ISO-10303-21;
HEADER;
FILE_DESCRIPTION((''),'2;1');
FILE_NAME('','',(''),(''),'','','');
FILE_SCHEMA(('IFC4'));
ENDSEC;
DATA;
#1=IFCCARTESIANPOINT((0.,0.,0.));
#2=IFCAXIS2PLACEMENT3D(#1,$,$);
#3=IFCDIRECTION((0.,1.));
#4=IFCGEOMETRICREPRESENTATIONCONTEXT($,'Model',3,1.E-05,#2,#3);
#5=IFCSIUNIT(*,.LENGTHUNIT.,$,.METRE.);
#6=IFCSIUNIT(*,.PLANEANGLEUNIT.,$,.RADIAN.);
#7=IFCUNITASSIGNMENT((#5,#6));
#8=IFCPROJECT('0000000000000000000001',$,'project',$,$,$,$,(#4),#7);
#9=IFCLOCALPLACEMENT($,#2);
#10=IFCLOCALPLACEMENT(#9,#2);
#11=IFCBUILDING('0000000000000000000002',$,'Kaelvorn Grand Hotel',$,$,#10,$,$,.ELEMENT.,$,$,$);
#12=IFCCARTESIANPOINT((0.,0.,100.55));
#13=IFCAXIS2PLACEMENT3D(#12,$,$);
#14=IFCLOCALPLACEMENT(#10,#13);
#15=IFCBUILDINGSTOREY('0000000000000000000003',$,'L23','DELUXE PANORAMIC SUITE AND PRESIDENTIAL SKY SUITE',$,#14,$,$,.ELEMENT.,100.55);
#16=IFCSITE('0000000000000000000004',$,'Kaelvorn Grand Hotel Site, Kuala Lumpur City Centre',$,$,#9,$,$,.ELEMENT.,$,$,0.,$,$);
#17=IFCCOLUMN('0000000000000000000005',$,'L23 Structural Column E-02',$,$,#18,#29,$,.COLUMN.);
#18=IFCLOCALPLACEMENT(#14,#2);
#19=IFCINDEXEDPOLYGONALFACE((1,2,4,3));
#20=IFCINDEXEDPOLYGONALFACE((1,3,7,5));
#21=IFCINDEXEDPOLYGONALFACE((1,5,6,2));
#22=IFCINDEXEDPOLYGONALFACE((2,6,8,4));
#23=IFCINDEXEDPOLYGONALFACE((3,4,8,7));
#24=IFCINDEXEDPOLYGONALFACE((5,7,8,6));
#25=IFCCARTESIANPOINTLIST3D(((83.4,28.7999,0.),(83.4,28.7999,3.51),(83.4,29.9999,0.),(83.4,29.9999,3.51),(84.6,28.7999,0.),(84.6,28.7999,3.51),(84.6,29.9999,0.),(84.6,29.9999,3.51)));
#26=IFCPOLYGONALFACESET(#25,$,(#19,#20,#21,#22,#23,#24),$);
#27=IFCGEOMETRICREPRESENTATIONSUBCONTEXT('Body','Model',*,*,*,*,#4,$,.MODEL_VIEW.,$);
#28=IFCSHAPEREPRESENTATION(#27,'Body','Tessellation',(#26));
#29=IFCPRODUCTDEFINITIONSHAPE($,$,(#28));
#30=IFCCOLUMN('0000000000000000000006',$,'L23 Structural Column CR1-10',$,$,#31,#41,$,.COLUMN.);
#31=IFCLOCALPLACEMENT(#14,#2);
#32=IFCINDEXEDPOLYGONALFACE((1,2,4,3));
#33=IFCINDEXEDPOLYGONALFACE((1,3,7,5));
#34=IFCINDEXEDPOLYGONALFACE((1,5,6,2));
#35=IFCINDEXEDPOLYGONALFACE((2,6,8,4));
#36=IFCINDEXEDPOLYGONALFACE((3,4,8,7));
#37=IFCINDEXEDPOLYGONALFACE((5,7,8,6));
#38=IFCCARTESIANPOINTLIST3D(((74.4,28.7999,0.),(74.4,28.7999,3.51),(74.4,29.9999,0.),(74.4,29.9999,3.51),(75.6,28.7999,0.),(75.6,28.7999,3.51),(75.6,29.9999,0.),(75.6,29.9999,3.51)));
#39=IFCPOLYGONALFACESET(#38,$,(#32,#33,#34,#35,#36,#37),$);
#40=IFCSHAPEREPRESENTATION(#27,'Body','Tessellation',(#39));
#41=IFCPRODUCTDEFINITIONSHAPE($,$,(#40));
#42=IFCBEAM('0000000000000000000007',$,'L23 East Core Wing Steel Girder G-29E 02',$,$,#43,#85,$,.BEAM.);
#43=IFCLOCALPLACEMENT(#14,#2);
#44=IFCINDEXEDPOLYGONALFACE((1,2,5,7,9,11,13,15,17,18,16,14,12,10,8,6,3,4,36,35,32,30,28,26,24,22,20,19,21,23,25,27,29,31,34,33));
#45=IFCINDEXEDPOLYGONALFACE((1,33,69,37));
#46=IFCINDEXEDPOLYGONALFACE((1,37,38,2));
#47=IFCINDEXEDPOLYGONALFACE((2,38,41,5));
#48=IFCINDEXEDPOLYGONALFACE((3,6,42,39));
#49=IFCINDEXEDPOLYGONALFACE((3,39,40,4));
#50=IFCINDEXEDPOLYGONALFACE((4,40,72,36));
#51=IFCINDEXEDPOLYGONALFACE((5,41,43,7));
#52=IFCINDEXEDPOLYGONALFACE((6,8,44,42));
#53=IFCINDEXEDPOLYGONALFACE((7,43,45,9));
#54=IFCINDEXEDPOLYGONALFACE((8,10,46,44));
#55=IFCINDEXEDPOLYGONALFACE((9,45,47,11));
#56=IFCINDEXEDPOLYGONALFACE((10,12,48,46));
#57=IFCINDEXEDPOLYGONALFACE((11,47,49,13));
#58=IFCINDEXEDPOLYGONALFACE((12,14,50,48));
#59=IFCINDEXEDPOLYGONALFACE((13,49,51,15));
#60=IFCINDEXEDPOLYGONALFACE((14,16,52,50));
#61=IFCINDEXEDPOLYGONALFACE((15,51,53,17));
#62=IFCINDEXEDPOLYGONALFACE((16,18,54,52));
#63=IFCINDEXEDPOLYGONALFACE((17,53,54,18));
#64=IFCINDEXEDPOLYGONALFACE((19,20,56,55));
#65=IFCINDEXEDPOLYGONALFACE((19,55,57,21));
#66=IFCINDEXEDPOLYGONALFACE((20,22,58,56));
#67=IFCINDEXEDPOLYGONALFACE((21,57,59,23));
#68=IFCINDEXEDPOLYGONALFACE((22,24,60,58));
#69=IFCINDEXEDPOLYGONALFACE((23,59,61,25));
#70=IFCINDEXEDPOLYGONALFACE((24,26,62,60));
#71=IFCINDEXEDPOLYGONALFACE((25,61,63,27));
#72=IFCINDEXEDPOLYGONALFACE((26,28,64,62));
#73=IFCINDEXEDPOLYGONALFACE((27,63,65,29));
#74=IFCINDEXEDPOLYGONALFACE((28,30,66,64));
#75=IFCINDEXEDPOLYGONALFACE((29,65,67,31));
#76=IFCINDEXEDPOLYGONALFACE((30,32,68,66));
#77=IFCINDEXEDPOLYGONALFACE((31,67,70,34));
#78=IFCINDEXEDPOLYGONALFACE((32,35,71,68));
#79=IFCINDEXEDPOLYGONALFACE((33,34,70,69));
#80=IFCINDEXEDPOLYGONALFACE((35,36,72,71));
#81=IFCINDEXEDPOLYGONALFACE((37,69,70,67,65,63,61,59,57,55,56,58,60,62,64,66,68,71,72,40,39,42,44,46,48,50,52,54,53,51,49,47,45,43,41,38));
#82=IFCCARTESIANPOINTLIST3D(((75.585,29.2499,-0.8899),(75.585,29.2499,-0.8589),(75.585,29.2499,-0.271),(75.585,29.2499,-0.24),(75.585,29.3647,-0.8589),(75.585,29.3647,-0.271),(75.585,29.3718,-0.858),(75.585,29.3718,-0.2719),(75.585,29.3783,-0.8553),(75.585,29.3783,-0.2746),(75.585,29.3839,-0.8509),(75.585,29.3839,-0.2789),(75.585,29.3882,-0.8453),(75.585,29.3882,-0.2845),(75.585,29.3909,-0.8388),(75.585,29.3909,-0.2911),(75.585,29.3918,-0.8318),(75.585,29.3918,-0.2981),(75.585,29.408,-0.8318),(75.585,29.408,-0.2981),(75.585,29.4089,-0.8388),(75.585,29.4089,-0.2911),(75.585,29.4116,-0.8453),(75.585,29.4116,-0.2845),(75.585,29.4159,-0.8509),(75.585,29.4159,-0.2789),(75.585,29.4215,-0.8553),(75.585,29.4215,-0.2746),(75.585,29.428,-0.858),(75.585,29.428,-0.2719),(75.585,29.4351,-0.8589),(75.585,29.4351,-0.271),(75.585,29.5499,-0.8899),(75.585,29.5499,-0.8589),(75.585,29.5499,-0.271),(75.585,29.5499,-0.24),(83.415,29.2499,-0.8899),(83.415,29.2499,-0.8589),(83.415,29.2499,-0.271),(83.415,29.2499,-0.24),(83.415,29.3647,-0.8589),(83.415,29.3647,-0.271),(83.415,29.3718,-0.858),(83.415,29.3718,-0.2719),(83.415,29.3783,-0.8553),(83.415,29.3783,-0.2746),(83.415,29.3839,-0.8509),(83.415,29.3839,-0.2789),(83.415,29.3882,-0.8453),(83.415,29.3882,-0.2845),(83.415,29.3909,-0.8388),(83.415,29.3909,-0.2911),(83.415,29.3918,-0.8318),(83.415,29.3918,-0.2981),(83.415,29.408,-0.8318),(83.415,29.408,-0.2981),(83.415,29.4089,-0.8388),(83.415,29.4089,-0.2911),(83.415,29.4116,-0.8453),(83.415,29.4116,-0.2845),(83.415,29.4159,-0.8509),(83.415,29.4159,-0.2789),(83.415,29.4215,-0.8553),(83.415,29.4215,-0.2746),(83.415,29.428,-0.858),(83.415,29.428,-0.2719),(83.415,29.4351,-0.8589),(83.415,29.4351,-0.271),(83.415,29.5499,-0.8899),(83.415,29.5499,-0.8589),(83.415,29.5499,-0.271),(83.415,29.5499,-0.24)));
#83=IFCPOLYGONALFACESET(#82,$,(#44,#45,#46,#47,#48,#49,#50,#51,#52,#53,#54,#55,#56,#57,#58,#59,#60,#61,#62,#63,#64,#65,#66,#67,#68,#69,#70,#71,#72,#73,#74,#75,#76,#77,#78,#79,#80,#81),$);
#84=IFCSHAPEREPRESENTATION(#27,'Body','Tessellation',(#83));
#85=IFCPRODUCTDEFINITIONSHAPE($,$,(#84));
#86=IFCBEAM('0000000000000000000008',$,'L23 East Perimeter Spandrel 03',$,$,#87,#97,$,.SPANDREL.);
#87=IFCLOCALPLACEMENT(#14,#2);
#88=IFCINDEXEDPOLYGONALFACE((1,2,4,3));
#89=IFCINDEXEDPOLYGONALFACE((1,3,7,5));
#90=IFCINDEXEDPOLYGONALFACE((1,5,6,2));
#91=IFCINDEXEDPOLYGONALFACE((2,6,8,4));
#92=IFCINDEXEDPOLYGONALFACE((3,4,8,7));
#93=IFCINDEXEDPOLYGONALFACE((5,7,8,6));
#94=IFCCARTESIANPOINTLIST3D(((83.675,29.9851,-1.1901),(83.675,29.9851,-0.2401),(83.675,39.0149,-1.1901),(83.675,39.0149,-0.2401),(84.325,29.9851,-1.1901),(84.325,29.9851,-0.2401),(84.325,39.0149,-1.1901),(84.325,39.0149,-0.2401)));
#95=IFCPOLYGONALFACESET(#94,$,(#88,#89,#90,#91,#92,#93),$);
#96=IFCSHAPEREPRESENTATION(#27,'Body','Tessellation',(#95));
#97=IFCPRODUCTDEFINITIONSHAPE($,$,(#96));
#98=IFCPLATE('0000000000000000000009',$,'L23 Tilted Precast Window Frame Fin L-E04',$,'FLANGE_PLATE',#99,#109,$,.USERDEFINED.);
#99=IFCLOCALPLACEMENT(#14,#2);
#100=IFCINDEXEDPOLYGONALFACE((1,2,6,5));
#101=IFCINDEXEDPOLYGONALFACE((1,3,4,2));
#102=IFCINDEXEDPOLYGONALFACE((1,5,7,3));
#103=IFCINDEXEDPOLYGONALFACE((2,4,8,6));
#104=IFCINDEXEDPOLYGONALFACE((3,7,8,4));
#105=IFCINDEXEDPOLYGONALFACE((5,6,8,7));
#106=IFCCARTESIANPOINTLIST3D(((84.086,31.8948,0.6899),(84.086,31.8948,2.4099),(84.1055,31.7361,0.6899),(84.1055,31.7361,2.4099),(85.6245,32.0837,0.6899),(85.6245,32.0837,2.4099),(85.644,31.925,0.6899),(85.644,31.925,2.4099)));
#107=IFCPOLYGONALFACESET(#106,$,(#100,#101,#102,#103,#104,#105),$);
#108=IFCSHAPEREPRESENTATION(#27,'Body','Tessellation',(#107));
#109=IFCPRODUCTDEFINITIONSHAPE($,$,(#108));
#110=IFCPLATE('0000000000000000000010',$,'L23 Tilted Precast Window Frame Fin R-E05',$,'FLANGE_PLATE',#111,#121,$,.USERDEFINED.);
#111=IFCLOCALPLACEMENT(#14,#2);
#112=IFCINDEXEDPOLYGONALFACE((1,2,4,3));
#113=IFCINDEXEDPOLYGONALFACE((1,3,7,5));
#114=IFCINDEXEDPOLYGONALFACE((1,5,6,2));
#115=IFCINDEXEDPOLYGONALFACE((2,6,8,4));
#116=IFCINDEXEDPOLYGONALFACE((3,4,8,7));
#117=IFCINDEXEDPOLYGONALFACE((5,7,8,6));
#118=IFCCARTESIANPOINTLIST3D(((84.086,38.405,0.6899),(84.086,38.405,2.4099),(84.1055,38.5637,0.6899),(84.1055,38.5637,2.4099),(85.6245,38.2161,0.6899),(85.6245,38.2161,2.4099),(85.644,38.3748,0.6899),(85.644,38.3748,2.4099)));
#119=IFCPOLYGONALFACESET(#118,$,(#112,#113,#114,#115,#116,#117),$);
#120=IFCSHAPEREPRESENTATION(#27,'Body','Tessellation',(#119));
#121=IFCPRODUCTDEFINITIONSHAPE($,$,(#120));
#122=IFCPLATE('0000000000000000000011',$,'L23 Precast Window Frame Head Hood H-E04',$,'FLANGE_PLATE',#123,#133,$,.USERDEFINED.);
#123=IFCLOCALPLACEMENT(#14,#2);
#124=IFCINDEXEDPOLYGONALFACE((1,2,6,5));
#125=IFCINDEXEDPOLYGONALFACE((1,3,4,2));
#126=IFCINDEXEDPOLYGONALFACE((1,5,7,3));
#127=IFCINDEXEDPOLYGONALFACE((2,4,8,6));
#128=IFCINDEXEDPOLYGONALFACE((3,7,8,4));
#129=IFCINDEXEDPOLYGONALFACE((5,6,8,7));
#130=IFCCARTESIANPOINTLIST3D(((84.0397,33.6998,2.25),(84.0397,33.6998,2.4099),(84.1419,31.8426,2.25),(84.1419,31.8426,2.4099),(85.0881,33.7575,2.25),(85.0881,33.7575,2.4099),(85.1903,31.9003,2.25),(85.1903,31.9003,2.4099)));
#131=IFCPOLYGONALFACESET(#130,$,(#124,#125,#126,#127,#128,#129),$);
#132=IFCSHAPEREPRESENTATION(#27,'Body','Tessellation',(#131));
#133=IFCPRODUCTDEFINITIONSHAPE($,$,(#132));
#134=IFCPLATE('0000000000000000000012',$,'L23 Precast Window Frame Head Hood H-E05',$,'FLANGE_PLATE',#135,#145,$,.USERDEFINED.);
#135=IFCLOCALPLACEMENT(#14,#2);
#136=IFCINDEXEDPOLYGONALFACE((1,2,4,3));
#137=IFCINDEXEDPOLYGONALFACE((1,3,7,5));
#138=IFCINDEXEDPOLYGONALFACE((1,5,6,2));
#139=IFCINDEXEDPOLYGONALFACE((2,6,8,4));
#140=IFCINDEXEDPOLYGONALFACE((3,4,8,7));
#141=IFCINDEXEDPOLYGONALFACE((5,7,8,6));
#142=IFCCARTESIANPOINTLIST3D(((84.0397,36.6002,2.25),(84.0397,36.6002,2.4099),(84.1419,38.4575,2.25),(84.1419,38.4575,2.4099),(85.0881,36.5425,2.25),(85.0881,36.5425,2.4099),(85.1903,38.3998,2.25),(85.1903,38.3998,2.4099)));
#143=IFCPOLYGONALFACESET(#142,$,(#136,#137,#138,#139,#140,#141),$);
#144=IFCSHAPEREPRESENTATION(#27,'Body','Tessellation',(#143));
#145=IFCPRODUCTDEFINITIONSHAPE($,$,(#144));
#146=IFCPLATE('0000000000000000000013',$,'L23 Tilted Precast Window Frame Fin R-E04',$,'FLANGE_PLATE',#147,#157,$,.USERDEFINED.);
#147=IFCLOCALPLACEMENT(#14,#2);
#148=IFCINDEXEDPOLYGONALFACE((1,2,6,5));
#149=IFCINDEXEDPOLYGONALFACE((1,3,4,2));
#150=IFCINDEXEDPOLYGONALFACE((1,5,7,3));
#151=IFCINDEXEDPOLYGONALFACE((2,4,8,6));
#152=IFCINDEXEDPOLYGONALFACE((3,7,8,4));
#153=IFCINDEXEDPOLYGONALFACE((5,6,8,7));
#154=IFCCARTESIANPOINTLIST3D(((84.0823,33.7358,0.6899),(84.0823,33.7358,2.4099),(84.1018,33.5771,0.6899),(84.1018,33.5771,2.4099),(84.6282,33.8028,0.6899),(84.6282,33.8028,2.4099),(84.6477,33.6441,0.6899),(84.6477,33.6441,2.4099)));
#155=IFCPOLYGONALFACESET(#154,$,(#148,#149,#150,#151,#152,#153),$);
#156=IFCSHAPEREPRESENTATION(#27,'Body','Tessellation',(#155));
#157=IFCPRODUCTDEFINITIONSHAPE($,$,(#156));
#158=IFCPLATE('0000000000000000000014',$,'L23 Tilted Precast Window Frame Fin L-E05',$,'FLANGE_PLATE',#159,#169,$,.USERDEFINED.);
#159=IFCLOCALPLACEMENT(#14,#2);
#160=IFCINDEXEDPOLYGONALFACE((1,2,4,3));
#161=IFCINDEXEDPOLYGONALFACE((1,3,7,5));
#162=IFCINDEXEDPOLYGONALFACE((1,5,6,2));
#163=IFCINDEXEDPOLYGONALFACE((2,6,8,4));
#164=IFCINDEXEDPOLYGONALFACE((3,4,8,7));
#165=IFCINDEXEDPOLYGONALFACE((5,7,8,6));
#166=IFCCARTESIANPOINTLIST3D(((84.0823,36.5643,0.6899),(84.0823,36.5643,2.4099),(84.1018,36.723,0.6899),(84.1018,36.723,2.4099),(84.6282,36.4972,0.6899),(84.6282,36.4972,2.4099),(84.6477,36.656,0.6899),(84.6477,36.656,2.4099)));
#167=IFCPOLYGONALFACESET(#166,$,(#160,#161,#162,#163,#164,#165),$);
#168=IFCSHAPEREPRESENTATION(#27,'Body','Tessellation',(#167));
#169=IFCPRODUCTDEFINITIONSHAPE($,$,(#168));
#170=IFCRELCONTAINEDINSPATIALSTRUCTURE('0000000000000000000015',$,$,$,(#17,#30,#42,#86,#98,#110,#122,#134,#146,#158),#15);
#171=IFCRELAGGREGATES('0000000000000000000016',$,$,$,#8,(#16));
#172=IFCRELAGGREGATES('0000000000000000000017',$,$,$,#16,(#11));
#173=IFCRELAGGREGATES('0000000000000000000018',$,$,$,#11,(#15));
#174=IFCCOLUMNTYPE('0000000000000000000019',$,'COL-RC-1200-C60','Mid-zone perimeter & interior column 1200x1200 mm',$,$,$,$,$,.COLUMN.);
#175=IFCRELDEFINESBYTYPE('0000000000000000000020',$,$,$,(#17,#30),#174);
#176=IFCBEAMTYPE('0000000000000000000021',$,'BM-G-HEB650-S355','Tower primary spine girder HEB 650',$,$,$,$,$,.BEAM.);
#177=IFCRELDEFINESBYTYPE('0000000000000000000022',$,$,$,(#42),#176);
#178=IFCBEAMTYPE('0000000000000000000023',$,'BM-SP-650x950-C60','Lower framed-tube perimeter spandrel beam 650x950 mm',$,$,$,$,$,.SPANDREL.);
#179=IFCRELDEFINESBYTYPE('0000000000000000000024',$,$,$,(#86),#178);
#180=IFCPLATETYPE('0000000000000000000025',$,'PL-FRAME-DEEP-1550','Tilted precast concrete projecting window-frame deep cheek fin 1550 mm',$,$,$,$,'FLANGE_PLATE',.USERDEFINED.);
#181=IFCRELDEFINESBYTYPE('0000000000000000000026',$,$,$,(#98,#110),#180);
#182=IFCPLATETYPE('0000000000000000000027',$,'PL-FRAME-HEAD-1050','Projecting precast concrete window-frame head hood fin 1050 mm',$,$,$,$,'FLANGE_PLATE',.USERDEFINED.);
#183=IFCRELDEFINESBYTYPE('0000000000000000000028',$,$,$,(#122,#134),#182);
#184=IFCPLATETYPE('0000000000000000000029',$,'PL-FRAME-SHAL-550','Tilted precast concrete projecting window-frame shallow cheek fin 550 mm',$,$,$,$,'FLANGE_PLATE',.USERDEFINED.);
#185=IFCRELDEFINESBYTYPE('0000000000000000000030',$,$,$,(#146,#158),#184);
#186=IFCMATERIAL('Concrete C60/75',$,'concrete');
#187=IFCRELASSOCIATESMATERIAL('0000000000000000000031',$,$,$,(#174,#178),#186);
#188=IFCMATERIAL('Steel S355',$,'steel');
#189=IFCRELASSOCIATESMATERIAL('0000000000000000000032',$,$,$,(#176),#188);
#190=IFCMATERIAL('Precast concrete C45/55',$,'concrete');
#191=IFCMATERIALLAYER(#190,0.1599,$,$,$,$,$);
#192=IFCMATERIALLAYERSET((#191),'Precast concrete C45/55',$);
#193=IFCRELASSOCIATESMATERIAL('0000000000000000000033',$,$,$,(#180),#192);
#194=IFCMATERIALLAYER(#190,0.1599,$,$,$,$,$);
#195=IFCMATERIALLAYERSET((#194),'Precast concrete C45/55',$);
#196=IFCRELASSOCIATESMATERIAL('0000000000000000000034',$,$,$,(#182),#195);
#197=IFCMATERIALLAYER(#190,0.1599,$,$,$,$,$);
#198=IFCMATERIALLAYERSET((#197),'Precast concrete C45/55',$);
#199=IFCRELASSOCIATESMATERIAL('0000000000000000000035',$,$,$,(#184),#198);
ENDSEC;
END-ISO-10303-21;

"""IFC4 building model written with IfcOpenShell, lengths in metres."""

from ifc_helpers import new_model, si_unit, direction, frame, origin, origin_2d, place, context, subcontext, project, spatial, rectangle, i_section, extrude, material, layer, layer_set, material_profile, profile_set, type_object, element, save


model = new_model("IFC4")

# Units and contexts
model_context = context("Model", 3, precision=1e-05, world=origin(), true_north=direction((0.0, 1.0)))
body_context = subcontext(model_context, "Body", "Model", "MODEL_VIEW")
ifc_project = project(units=[si_unit("LENGTHUNIT", "METRE"), si_unit("PLANEANGLEUNIT", "RADIAN")], contexts=[model_context])

# Site, building, storey
site_placement = place(None, origin())
site = spatial("IfcSite", under=ifc_project, at=site_placement, Name="Kaelvorn Grand Hotel Site, Kuala Lumpur City Centre", CompositionType="ELEMENT", RefElevation=0.0)
building_placement = place(site_placement, origin())
building = spatial("IfcBuilding", under=site, at=building_placement, Name="Kaelvorn Grand Hotel", CompositionType="ELEMENT")
storey_placement = place(building_placement, frame((0.0, 0.0, 100.55)))
storey = spatial("IfcBuildingStorey", under=building, at=storey_placement, Name="L23", Description="DELUXE PANORAMIC SUITE AND PRESIDENTIAL SKY SUITE", CompositionType="ELEMENT", Elevation=100.55)

# Columns
ifc_material_1 = material(Name="Concrete C60/75", Category="concrete")
ifc_material_profile_1 = material_profile(ifc_material_1, rectangle(XDim=1.2, YDim=1.2, at=origin_2d()), Name="RC COL 1200x1200")
ifc_profile_set_1 = profile_set([ifc_material_profile_1], Name="Concrete C60/75")
column_type = type_object("IfcColumnType", Name="COL-RC-1200-C60", Description="Mid-zone perimeter & interior column 1200x1200 mm", PredefinedType="COLUMN", material=ifc_profile_set_1)
for number, where, z_axis, x_axis, name in (
    (1, (84.0, 29.3999, 0.0), (0.0, 0.0, 1.0), (1.0, 0.0, 0.0), "L23 Structural Column E-02"),
    (2, (75.0, 29.3999, 0.0), (0.0, 0.0, 1.0), (1.0, 0.0, 0.0), "L23 Structural Column CR1-10"),
):
    element("IfcColumn", number, at=place(storey_placement, frame(where, z_axis=z_axis, x_axis=x_axis)), inside=storey, type_object=column_type, Name=name, PredefinedType="COLUMN", context=body_context, shape_type="SweptSolid", body=[
        extrude(rectangle(XDim=1.2, YDim=1.2, at=origin_2d()), origin(), (0.0, 0.0, 1.0), 3.51),
    ])

# Beams
ifc_material_2 = material(Name="Steel S355", Category="steel")
ifc_material_profile_2 = material_profile(ifc_material_2, i_section(OverallWidth=0.3, OverallDepth=0.6499, WebThickness=0.0161, FlangeThickness=0.031, FilletRadius=0.0271, at=origin_2d()), Name="HEB 650")
ifc_profile_set_2 = profile_set([ifc_material_profile_2], Name="Steel S355")
beam_type_1 = type_object("IfcBeamType", Name="BM-G-HEB650-S355", Description="Tower primary spine girder HEB 650", PredefinedType="BEAM", material=ifc_profile_set_2)
beam_1_placement = place(storey_placement, frame((75.585, 29.3999, -0.5649), z_axis=(1.0, 0.0, 0.0), x_axis=(0.0, 1.0, 0.0)))
element("IfcBeam", 3, at=beam_1_placement, inside=storey, type_object=beam_type_1, Name="L23 East Core Wing Steel Girder G-29E 02", PredefinedType="BEAM", context=body_context, shape_type="SweptSolid", body=[
    extrude(i_section(OverallWidth=0.3, OverallDepth=0.6499, WebThickness=0.0161, FlangeThickness=0.031, FilletRadius=0.0271, at=origin_2d()), origin(), (0.0, 0.0, 1.0), 7.8301),
])
ifc_material_profile_3 = material_profile(ifc_material_1, rectangle(XDim=0.6499, YDim=0.95, at=origin_2d()), Name="RC SPANDREL 650x950")
ifc_profile_set_3 = profile_set([ifc_material_profile_3], Name="Concrete C60/75")
beam_type_2 = type_object("IfcBeamType", Name="BM-SP-650x950-C60", Description="Lower framed-tube perimeter spandrel beam 650x950 mm", PredefinedType="SPANDREL", material=ifc_profile_set_3)
beam_2_placement = place(storey_placement, frame((84.0, 29.9851, -0.7151), z_axis=(0.0, 1.0, 0.0), x_axis=(-1.0, 0.0, 0.0)))
element("IfcBeam", 4, at=beam_2_placement, inside=storey, type_object=beam_type_2, Name="L23 East Perimeter Spandrel 03", PredefinedType="SPANDREL", context=body_context, shape_type="SweptSolid", body=[
    extrude(rectangle(XDim=0.6499, YDim=0.95, at=origin_2d()), origin(), (0.0, 0.0, 1.0), 9.0298),
])

# Plates
ifc_material_3 = material(Name="Precast concrete C45/55", Category="concrete")
ifc_layer_1 = layer(ifc_material_3, 0.1599)
ifc_layer_set_1 = layer_set([ifc_layer_1], Name="Precast concrete C45/55")
plate_type_1 = type_object("IfcPlateType", Name="PL-FRAME-DEEP-1550", Description="Tilted precast concrete projecting window-frame deep cheek fin 1550 mm", ElementType="FLANGE_PLATE", PredefinedType="USERDEFINED", material=ifc_layer_set_1)
for number, where, z_axis, x_axis, name in (
    (5, (84.865, 31.9099, 0.6899), (0.0, 0.0, 1.0), (-0.121869, 0.992546, 0.0), "L23 Tilted Precast Window Frame Fin L-E04"),
    (6, (84.865, 38.3899, 0.6899), (0.0, 0.0, 1.0), (0.121869, 0.992546, 0.0), "L23 Tilted Precast Window Frame Fin R-E05"),
):
    element("IfcPlate", number, at=place(storey_placement, frame(where, z_axis=z_axis, x_axis=x_axis)), inside=storey, type_object=plate_type_1, Name=name, ObjectType="FLANGE_PLATE", PredefinedType="USERDEFINED", context=body_context, shape_type="SweptSolid", body=[
        extrude(rectangle(XDim=0.1599, YDim=1.55, at=origin_2d()), origin(), (0.0, 0.0, 1.0), 1.72),
    ])
ifc_layer_2 = layer(ifc_material_3, 0.1599)
ifc_layer_set_2 = layer_set([ifc_layer_2], Name="Precast concrete C45/55")
plate_type_2 = type_object("IfcPlateType", Name="PL-FRAME-HEAD-1050", Description="Projecting precast concrete window-frame head hood fin 1050 mm", ElementType="FLANGE_PLATE", PredefinedType="USERDEFINED", material=ifc_layer_set_2)
for number, where, z_axis, x_axis, name in (
    (7, (84.615, 32.8, 2.25), (0.0, 0.0, 1.0), (-0.05495, 0.998489, 0.0), "L23 Precast Window Frame Head Hood H-E04"),
    (8, (84.615, 37.5, 2.25), (0.0, 0.0, 1.0), (0.05495, 0.998489, 0.0), "L23 Precast Window Frame Head Hood H-E05"),
):
    element("IfcPlate", number, at=place(storey_placement, frame(where, z_axis=z_axis, x_axis=x_axis)), inside=storey, type_object=plate_type_2, Name=name, ObjectType="FLANGE_PLATE", PredefinedType="USERDEFINED", context=body_context, shape_type="SweptSolid", body=[
        extrude(rectangle(XDim=1.8601, YDim=1.05, at=origin_2d()), origin(), (0.0, 0.0, 1.0), 0.1599),
    ])
ifc_layer_3 = layer(ifc_material_3, 0.1599)
ifc_layer_set_3 = layer_set([ifc_layer_3], Name="Precast concrete C45/55")
plate_type_3 = type_object("IfcPlateType", Name="PL-FRAME-SHAL-550", Description="Tilted precast concrete projecting window-frame shallow cheek fin 550 mm", ElementType="FLANGE_PLATE", PredefinedType="USERDEFINED", material=ifc_layer_set_3)
for number, where, z_axis, x_axis, name in (
    (9, (84.365, 33.6899, 0.6899), (0.0, 0.0, 1.0), (-0.121869, 0.992546, 0.0), "L23 Tilted Precast Window Frame Fin R-E04"),
    (10, (84.365, 36.6101, 0.6899), (0.0, 0.0, 1.0), (0.121869, 0.992546, 0.0), "L23 Tilted Precast Window Frame Fin L-E05"),
):
    element("IfcPlate", number, at=place(storey_placement, frame(where, z_axis=z_axis, x_axis=x_axis)), inside=storey, type_object=plate_type_3, Name=name, ObjectType="FLANGE_PLATE", PredefinedType="USERDEFINED", context=body_context, shape_type="SweptSolid", body=[
        extrude(rectangle(XDim=0.1599, YDim=0.55, at=origin_2d()), origin(), (0.0, 0.0, 1.0), 1.72),
    ])

save(model, "model.ifc")
